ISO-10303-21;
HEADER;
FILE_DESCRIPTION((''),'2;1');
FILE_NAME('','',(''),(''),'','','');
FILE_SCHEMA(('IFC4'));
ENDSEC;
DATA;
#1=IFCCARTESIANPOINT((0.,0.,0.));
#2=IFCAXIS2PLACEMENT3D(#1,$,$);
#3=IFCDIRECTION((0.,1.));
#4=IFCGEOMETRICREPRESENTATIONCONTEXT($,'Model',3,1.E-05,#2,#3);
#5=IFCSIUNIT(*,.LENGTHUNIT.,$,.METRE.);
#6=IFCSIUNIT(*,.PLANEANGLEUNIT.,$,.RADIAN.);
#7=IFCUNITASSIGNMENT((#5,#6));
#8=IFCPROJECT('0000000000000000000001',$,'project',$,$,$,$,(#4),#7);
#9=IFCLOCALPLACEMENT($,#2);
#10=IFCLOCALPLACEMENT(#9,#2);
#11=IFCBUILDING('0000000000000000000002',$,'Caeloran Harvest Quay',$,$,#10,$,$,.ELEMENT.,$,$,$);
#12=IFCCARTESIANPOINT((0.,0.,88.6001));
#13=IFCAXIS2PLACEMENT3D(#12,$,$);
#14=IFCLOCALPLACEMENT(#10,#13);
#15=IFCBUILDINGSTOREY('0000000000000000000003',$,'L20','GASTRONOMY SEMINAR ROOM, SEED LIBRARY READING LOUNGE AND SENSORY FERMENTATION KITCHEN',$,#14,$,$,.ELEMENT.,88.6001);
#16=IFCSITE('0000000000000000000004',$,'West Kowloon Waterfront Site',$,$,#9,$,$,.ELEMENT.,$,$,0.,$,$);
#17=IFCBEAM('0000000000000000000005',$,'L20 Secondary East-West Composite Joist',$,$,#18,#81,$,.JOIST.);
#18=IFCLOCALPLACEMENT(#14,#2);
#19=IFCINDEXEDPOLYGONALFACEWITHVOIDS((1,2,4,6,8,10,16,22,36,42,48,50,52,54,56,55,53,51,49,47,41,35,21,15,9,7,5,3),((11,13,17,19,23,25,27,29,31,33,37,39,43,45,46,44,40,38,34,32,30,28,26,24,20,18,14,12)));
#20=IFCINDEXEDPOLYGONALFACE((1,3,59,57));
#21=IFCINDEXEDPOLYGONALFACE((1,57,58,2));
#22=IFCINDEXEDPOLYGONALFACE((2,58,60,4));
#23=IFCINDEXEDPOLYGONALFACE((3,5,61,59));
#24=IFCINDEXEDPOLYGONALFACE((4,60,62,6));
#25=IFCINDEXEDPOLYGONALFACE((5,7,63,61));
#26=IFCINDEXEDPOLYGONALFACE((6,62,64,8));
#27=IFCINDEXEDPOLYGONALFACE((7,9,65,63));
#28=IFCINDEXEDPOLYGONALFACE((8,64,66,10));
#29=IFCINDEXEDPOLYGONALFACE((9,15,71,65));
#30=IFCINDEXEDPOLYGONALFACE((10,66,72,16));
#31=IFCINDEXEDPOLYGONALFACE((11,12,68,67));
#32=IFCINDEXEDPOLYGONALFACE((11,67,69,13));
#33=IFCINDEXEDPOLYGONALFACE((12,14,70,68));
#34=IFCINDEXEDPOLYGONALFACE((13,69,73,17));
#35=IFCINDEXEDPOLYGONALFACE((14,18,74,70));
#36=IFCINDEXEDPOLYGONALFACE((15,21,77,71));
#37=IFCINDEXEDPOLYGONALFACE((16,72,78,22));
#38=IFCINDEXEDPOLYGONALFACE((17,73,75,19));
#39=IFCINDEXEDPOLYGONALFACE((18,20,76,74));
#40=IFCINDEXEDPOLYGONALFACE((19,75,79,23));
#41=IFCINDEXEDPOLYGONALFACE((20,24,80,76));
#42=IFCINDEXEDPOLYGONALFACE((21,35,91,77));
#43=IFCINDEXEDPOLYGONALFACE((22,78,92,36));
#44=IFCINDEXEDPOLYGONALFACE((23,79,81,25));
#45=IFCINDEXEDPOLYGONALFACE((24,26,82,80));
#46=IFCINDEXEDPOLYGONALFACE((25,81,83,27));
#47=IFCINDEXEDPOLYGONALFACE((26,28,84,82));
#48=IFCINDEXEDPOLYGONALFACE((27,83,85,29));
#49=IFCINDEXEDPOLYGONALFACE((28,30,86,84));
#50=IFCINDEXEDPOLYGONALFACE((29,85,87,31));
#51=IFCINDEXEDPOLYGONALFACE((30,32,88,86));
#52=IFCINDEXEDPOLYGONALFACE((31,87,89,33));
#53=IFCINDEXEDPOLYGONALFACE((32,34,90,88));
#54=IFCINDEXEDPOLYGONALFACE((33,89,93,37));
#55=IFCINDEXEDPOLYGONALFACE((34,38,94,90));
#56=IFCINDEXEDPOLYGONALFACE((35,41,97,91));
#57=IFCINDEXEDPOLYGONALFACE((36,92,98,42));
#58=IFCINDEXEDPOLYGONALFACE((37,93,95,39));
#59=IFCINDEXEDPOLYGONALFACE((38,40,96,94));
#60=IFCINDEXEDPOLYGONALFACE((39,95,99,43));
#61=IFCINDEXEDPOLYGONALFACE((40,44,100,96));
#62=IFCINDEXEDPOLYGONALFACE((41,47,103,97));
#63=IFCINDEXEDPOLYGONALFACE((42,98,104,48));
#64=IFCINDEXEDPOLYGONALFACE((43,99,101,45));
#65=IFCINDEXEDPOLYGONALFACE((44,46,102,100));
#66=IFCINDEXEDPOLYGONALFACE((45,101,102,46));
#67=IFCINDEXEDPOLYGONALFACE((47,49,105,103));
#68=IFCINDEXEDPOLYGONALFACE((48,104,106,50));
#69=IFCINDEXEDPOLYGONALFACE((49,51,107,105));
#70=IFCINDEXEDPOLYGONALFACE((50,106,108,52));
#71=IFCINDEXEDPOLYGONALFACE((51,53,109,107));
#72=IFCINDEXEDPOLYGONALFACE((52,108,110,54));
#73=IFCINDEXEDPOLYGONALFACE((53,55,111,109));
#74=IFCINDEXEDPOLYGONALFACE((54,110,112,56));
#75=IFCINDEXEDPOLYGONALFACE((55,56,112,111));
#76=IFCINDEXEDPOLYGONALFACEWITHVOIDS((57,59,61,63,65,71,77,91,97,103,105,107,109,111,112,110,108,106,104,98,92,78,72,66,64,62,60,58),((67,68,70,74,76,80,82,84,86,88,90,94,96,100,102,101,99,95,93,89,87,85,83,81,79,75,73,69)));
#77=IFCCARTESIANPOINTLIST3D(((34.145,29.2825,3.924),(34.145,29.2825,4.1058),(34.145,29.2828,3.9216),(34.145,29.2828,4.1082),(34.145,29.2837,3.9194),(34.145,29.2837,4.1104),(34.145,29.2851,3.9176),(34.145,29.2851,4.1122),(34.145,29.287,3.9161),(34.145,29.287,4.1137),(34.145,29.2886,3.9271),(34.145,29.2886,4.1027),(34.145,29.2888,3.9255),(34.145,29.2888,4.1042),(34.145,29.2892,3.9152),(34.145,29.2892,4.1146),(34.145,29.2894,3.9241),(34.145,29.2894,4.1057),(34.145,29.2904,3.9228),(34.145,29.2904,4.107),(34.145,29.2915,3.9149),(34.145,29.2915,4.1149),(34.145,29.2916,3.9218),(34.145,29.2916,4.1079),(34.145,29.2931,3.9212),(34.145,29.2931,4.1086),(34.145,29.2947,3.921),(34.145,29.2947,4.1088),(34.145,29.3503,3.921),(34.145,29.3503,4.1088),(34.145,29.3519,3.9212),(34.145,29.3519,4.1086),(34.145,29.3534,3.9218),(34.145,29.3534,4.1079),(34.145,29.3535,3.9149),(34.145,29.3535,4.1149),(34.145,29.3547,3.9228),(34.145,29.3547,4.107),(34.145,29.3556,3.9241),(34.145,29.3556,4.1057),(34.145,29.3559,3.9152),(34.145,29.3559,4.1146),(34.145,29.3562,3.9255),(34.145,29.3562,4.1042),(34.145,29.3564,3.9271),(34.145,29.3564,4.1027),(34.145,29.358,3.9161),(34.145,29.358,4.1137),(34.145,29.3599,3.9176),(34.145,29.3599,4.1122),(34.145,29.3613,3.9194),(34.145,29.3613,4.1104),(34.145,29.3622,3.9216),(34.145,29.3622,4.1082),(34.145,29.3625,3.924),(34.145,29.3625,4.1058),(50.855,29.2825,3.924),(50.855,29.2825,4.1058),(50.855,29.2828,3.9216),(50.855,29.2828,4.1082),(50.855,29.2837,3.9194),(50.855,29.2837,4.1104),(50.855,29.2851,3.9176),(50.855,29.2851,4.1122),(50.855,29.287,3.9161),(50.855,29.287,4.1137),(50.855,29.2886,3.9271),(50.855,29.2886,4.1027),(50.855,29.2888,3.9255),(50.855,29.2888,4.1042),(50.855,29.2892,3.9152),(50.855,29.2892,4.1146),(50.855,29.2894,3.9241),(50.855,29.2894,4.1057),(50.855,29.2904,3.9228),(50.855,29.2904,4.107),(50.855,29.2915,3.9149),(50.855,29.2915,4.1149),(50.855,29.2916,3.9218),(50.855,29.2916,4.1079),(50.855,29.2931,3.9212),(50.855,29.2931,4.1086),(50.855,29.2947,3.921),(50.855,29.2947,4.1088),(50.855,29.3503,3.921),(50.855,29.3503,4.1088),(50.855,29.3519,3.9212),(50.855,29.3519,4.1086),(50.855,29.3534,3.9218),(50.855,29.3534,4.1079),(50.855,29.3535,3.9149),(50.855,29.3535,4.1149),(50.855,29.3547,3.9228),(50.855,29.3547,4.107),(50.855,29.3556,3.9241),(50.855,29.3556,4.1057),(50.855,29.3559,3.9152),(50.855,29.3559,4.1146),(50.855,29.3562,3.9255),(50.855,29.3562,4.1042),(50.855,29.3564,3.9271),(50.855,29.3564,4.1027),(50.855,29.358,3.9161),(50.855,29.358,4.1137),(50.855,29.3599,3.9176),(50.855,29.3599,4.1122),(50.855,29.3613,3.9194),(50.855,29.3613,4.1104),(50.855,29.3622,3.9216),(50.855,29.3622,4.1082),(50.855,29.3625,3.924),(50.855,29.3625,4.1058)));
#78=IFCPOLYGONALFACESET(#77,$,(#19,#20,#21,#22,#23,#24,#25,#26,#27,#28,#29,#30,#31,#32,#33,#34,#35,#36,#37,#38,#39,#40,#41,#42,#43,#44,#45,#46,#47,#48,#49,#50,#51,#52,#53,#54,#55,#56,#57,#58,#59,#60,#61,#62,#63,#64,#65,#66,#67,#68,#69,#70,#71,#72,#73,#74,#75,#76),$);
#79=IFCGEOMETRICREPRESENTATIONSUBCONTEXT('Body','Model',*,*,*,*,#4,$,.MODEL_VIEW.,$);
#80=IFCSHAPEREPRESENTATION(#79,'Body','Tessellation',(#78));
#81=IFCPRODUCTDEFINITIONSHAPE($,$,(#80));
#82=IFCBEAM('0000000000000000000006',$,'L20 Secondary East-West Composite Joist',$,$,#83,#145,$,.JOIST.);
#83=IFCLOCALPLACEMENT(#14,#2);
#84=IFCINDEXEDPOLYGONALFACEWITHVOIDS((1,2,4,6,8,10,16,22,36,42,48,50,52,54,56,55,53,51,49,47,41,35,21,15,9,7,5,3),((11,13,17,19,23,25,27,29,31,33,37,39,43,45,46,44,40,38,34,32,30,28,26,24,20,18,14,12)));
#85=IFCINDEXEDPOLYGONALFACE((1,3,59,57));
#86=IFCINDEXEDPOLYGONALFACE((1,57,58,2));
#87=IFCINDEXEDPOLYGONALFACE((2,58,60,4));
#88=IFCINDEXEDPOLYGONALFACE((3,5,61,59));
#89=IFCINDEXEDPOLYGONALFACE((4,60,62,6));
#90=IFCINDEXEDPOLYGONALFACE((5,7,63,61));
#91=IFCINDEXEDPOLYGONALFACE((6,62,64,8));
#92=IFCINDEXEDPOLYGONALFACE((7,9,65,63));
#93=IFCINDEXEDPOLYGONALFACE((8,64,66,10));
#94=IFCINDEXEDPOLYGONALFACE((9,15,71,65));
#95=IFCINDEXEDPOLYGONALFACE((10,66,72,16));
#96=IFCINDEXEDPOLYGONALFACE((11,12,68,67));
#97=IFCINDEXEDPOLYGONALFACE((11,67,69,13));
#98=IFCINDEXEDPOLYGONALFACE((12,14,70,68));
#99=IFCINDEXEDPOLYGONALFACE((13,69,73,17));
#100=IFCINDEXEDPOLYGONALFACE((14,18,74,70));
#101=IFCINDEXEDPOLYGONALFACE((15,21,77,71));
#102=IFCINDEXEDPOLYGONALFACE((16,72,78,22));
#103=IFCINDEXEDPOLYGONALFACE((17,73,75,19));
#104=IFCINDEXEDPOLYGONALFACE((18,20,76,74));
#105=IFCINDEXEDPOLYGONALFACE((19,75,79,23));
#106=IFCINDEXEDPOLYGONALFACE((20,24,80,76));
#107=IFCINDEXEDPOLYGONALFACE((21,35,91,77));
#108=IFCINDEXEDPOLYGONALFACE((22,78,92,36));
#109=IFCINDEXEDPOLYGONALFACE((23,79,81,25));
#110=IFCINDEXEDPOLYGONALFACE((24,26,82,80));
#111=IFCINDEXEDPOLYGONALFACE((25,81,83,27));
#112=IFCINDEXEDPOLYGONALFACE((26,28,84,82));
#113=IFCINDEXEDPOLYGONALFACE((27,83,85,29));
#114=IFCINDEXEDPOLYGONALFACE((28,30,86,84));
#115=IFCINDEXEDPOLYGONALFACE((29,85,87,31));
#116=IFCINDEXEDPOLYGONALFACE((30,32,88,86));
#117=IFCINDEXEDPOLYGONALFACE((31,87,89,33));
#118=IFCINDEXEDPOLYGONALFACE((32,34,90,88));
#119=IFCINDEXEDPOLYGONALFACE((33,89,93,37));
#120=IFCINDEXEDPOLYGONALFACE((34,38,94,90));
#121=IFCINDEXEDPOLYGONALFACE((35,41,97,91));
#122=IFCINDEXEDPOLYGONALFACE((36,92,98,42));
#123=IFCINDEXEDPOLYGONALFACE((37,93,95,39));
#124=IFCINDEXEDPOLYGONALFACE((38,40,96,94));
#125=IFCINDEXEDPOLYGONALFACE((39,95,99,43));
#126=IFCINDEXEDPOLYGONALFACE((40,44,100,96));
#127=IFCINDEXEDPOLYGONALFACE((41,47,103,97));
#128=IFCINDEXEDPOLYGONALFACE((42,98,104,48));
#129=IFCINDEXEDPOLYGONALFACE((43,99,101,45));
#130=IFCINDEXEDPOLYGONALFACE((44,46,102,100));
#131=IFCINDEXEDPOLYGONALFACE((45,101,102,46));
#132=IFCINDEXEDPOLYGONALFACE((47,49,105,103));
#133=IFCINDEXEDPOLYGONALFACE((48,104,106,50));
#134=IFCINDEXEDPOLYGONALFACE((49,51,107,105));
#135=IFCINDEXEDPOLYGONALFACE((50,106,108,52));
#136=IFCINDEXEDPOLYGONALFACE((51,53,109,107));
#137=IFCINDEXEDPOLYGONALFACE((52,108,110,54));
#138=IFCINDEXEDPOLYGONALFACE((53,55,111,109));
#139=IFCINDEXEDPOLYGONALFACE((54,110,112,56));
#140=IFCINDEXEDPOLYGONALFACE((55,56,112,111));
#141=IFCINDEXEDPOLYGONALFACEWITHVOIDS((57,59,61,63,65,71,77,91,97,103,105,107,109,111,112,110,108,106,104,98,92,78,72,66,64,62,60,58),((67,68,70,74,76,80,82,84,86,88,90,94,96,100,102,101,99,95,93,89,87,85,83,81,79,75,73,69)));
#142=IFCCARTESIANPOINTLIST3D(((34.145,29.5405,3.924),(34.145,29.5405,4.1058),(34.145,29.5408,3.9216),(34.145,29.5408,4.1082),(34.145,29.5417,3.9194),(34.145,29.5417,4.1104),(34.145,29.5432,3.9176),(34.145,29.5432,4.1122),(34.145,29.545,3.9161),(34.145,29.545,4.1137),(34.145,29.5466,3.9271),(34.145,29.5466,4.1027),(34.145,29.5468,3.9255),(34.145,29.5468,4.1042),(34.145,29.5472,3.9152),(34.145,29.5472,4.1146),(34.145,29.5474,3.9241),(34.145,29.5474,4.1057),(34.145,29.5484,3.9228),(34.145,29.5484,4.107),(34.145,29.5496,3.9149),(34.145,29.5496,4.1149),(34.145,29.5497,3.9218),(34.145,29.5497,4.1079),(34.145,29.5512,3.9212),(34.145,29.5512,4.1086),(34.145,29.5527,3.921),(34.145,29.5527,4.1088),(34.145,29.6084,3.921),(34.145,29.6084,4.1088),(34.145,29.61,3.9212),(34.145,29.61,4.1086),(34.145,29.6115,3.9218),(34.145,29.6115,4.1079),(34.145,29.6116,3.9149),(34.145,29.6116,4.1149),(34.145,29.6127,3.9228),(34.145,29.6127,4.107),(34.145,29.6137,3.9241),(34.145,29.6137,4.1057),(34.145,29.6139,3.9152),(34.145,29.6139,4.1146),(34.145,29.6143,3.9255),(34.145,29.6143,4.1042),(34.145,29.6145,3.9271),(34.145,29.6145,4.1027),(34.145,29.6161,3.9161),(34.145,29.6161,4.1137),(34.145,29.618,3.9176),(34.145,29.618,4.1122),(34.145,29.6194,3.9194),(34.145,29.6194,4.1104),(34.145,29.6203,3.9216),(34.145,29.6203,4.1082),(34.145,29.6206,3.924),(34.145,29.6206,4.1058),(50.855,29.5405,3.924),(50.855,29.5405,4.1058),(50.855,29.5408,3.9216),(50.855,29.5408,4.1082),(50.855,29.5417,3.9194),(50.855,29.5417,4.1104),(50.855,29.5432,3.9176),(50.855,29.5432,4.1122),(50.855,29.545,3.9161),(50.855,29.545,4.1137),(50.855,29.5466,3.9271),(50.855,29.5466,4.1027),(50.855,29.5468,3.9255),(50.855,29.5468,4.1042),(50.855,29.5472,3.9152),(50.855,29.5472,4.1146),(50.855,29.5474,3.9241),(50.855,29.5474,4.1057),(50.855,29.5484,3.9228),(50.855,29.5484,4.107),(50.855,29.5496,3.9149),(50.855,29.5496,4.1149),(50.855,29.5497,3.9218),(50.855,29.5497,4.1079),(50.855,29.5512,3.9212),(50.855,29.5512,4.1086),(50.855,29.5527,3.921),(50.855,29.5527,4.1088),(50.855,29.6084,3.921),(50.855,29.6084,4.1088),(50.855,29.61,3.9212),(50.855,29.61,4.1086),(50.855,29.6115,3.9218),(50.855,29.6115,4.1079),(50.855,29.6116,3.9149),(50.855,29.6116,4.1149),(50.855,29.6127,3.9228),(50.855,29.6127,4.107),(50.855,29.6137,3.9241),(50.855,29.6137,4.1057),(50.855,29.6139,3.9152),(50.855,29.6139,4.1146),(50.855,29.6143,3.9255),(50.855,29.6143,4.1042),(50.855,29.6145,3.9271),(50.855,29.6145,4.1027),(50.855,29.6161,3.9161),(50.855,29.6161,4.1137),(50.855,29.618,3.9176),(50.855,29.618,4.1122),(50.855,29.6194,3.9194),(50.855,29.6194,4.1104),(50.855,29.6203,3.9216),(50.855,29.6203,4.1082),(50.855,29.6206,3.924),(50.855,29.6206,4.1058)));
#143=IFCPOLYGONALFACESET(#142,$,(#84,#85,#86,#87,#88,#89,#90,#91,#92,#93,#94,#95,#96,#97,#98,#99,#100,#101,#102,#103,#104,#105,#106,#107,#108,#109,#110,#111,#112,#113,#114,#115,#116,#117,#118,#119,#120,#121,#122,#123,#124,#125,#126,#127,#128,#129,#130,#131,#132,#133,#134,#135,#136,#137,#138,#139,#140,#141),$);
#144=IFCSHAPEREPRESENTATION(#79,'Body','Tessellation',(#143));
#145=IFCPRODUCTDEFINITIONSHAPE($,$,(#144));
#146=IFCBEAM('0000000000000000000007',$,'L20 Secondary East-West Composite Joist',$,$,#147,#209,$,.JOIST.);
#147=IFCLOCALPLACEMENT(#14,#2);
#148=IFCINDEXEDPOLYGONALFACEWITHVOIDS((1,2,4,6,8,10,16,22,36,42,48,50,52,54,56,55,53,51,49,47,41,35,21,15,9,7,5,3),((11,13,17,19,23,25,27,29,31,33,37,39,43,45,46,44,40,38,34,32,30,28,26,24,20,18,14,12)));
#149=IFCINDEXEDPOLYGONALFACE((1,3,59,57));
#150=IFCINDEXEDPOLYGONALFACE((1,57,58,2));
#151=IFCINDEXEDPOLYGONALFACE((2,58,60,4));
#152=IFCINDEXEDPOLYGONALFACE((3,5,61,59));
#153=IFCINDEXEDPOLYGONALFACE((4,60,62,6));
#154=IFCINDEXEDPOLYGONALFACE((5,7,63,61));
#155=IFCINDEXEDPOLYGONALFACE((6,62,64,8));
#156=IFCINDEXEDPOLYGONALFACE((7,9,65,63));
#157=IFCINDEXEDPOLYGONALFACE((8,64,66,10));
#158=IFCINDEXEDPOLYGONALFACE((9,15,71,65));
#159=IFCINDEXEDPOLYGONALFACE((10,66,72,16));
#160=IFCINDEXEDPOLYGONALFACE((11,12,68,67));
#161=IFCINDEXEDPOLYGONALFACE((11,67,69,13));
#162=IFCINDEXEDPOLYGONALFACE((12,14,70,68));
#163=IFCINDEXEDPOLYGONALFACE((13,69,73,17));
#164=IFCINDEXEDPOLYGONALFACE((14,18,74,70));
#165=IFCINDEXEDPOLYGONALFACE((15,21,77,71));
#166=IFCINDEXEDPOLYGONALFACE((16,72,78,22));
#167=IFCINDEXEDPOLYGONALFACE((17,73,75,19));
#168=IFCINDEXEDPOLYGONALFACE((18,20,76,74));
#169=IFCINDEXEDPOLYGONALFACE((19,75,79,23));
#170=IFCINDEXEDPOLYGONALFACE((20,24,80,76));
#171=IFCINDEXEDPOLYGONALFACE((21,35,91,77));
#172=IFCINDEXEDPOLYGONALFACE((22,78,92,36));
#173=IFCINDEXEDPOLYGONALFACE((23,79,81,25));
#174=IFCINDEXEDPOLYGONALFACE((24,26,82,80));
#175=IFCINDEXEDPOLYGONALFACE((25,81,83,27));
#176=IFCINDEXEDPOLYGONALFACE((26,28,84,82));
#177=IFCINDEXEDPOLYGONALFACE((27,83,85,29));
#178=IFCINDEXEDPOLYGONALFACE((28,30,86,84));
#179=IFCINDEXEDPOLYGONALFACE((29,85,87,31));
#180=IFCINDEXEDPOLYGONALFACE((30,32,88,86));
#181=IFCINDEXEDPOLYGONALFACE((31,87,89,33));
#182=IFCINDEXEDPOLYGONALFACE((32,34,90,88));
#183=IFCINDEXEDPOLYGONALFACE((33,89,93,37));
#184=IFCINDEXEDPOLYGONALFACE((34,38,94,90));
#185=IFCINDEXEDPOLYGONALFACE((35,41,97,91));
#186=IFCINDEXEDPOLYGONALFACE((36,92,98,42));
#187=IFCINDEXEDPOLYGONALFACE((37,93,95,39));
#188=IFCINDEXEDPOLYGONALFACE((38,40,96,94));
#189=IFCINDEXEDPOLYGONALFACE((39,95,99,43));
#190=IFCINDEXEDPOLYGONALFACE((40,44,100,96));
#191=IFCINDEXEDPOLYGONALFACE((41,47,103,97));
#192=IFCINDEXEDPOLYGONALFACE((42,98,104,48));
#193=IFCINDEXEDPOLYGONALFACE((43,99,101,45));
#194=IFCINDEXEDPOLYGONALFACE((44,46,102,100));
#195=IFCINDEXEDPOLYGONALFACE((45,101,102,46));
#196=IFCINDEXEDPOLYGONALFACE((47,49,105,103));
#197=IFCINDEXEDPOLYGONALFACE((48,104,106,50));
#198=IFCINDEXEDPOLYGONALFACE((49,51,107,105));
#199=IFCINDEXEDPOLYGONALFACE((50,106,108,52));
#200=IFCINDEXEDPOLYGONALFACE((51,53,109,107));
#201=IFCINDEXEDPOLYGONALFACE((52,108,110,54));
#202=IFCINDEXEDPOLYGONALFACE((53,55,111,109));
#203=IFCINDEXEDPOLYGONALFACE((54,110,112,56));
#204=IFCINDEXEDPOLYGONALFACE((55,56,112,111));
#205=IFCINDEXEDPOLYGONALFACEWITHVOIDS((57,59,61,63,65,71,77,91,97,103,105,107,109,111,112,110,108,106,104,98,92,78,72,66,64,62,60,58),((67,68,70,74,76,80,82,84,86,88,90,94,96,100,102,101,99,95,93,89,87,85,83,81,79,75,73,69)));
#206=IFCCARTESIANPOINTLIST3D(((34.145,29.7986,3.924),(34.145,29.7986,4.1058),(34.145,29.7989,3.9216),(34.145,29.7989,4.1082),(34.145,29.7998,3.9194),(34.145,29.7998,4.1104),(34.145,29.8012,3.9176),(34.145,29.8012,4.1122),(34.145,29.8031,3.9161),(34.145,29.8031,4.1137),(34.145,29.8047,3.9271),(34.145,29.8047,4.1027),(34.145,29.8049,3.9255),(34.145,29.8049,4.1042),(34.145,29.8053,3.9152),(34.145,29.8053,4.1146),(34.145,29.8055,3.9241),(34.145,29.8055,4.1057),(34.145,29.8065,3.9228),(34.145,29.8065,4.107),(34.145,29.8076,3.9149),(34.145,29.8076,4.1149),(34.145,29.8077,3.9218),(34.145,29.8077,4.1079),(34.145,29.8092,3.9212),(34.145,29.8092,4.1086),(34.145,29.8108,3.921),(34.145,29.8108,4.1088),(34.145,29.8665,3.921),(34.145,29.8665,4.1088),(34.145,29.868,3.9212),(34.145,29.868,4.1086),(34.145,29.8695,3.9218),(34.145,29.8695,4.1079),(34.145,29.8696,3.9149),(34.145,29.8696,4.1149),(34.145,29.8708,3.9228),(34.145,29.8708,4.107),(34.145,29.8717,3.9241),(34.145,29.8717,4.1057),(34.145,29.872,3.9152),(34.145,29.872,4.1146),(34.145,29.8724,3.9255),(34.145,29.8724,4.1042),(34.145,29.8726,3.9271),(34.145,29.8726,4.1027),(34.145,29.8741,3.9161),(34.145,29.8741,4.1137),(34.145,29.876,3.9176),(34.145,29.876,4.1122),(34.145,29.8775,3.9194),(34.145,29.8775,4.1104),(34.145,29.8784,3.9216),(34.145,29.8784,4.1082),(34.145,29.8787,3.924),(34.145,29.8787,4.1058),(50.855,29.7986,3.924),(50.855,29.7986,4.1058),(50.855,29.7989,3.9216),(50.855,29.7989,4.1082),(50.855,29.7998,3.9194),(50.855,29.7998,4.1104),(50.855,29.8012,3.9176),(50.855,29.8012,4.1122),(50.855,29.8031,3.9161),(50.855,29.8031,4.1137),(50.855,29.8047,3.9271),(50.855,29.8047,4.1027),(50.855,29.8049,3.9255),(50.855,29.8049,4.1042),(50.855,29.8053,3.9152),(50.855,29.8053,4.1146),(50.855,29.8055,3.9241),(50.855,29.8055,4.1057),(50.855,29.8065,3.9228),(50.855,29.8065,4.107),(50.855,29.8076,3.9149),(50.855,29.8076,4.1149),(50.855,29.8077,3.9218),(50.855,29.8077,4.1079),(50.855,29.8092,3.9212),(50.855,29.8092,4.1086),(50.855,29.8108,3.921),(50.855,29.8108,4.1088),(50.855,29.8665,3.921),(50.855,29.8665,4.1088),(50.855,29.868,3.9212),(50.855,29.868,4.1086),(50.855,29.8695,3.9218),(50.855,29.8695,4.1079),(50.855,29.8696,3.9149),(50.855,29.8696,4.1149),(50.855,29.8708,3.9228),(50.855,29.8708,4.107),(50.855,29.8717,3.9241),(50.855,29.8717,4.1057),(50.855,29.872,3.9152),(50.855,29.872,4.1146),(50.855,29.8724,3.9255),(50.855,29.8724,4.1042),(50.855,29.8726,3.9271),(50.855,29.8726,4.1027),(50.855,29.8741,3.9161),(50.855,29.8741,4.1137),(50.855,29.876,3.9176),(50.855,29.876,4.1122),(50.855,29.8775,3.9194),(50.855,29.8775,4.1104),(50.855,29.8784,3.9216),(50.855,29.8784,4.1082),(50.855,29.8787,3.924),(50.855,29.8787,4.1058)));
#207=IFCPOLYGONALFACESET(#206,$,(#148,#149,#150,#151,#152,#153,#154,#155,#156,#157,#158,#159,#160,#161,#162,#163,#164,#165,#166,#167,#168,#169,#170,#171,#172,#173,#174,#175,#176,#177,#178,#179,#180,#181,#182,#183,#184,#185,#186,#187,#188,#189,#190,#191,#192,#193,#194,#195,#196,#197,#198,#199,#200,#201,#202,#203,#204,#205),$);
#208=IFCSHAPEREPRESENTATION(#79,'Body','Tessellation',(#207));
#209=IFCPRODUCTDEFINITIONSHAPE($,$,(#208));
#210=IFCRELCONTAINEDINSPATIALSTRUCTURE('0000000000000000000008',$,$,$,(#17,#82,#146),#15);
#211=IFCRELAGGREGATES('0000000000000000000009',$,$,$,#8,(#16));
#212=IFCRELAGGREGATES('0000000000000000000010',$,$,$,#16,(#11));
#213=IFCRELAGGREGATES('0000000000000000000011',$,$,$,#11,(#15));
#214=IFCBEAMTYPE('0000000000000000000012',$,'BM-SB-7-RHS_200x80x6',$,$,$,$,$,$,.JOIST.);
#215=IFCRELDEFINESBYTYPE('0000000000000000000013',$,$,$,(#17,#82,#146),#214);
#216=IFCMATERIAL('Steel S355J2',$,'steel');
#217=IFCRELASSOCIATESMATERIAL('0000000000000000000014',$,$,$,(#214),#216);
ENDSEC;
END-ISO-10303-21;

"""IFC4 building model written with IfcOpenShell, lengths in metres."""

from ifc_helpers import new_model, si_unit, direction, frame, origin, origin_2d, place, context, subcontext, project, spatial, hollow_rectangle, extrude, material, material_profile, profile_set, type_object, element, save


model = new_model("IFC4")

# Units and contexts
model_context = context("Model", 3, precision=1e-05, world=origin(), true_north=direction((0.0, 1.0)))
body_context = subcontext(model_context, "Body", "Model", "MODEL_VIEW")
ifc_project = project(units=[si_unit("LENGTHUNIT", "METRE"), si_unit("PLANEANGLEUNIT", "RADIAN")], contexts=[model_context])

# Site, building, storey
site_placement = place(None, origin())
site = spatial("IfcSite", under=ifc_project, at=site_placement, Name="West Kowloon Waterfront Site", CompositionType="ELEMENT", RefElevation=0.0)
building_placement = place(site_placement, origin())
building = spatial("IfcBuilding", under=site, at=building_placement, Name="Caeloran Harvest Quay", CompositionType="ELEMENT")
storey_placement = place(building_placement, frame((0.0, 0.0, 88.6001)))
storey = spatial("IfcBuildingStorey", under=building, at=storey_placement, Name="L20", Description="GASTRONOMY SEMINAR ROOM, SEED LIBRARY READING LOUNGE AND SENSORY FERMENTATION KITCHEN", CompositionType="ELEMENT", Elevation=88.6001)

# Beams
ifc_material_1 = material(Name="Steel S355J2", Category="steel")
ifc_material_profile_1 = material_profile(ifc_material_1, hollow_rectangle(XDim=0.0801, YDim=0.2, WallThickness=0.0061, InnerFilletRadius=0.0061, OuterFilletRadius=0.009, at=origin_2d()), Name="RHS 200x80x6")
ifc_profile_set_1 = profile_set([ifc_material_profile_1], Name="Steel S355J2")
beam_type_1 = type_object("IfcBeamType", Name="BM-SB-7-RHS_200x80x6", PredefinedType="JOIST", material=ifc_profile_set_1)
for number, where, z_axis, x_axis, name in (
    (1, (34.145, 29.3225, 4.0149), (1.0, 0.0, 0.0), (0.0, 1.0, 0.0), "L20 Secondary East-West Composite Joist"),
    (2, (34.145, 29.5806, 4.0149), (1.0, 0.0, 0.0), (0.0, 1.0, 0.0), "L20 Secondary East-West Composite Joist"),
    (3, (34.145, 29.8386, 4.0149), (1.0, 0.0, 0.0), (0.0, 1.0, 0.0), "L20 Secondary East-West Composite Joist"),
):
    element("IfcBeam", number, at=place(storey_placement, frame(where, z_axis=z_axis, x_axis=x_axis)), inside=storey, type_object=beam_type_1, Name=name, PredefinedType="JOIST", context=body_context, shape_type="SweptSolid", body=[
        extrude(hollow_rectangle(XDim=0.0801, YDim=0.2, WallThickness=0.0061, InnerFilletRadius=0.0061, OuterFilletRadius=0.009, at=origin_2d()), origin(), (0.0, 0.0, 1.0), 16.71),
    ])

save(model, "model.ifc")
